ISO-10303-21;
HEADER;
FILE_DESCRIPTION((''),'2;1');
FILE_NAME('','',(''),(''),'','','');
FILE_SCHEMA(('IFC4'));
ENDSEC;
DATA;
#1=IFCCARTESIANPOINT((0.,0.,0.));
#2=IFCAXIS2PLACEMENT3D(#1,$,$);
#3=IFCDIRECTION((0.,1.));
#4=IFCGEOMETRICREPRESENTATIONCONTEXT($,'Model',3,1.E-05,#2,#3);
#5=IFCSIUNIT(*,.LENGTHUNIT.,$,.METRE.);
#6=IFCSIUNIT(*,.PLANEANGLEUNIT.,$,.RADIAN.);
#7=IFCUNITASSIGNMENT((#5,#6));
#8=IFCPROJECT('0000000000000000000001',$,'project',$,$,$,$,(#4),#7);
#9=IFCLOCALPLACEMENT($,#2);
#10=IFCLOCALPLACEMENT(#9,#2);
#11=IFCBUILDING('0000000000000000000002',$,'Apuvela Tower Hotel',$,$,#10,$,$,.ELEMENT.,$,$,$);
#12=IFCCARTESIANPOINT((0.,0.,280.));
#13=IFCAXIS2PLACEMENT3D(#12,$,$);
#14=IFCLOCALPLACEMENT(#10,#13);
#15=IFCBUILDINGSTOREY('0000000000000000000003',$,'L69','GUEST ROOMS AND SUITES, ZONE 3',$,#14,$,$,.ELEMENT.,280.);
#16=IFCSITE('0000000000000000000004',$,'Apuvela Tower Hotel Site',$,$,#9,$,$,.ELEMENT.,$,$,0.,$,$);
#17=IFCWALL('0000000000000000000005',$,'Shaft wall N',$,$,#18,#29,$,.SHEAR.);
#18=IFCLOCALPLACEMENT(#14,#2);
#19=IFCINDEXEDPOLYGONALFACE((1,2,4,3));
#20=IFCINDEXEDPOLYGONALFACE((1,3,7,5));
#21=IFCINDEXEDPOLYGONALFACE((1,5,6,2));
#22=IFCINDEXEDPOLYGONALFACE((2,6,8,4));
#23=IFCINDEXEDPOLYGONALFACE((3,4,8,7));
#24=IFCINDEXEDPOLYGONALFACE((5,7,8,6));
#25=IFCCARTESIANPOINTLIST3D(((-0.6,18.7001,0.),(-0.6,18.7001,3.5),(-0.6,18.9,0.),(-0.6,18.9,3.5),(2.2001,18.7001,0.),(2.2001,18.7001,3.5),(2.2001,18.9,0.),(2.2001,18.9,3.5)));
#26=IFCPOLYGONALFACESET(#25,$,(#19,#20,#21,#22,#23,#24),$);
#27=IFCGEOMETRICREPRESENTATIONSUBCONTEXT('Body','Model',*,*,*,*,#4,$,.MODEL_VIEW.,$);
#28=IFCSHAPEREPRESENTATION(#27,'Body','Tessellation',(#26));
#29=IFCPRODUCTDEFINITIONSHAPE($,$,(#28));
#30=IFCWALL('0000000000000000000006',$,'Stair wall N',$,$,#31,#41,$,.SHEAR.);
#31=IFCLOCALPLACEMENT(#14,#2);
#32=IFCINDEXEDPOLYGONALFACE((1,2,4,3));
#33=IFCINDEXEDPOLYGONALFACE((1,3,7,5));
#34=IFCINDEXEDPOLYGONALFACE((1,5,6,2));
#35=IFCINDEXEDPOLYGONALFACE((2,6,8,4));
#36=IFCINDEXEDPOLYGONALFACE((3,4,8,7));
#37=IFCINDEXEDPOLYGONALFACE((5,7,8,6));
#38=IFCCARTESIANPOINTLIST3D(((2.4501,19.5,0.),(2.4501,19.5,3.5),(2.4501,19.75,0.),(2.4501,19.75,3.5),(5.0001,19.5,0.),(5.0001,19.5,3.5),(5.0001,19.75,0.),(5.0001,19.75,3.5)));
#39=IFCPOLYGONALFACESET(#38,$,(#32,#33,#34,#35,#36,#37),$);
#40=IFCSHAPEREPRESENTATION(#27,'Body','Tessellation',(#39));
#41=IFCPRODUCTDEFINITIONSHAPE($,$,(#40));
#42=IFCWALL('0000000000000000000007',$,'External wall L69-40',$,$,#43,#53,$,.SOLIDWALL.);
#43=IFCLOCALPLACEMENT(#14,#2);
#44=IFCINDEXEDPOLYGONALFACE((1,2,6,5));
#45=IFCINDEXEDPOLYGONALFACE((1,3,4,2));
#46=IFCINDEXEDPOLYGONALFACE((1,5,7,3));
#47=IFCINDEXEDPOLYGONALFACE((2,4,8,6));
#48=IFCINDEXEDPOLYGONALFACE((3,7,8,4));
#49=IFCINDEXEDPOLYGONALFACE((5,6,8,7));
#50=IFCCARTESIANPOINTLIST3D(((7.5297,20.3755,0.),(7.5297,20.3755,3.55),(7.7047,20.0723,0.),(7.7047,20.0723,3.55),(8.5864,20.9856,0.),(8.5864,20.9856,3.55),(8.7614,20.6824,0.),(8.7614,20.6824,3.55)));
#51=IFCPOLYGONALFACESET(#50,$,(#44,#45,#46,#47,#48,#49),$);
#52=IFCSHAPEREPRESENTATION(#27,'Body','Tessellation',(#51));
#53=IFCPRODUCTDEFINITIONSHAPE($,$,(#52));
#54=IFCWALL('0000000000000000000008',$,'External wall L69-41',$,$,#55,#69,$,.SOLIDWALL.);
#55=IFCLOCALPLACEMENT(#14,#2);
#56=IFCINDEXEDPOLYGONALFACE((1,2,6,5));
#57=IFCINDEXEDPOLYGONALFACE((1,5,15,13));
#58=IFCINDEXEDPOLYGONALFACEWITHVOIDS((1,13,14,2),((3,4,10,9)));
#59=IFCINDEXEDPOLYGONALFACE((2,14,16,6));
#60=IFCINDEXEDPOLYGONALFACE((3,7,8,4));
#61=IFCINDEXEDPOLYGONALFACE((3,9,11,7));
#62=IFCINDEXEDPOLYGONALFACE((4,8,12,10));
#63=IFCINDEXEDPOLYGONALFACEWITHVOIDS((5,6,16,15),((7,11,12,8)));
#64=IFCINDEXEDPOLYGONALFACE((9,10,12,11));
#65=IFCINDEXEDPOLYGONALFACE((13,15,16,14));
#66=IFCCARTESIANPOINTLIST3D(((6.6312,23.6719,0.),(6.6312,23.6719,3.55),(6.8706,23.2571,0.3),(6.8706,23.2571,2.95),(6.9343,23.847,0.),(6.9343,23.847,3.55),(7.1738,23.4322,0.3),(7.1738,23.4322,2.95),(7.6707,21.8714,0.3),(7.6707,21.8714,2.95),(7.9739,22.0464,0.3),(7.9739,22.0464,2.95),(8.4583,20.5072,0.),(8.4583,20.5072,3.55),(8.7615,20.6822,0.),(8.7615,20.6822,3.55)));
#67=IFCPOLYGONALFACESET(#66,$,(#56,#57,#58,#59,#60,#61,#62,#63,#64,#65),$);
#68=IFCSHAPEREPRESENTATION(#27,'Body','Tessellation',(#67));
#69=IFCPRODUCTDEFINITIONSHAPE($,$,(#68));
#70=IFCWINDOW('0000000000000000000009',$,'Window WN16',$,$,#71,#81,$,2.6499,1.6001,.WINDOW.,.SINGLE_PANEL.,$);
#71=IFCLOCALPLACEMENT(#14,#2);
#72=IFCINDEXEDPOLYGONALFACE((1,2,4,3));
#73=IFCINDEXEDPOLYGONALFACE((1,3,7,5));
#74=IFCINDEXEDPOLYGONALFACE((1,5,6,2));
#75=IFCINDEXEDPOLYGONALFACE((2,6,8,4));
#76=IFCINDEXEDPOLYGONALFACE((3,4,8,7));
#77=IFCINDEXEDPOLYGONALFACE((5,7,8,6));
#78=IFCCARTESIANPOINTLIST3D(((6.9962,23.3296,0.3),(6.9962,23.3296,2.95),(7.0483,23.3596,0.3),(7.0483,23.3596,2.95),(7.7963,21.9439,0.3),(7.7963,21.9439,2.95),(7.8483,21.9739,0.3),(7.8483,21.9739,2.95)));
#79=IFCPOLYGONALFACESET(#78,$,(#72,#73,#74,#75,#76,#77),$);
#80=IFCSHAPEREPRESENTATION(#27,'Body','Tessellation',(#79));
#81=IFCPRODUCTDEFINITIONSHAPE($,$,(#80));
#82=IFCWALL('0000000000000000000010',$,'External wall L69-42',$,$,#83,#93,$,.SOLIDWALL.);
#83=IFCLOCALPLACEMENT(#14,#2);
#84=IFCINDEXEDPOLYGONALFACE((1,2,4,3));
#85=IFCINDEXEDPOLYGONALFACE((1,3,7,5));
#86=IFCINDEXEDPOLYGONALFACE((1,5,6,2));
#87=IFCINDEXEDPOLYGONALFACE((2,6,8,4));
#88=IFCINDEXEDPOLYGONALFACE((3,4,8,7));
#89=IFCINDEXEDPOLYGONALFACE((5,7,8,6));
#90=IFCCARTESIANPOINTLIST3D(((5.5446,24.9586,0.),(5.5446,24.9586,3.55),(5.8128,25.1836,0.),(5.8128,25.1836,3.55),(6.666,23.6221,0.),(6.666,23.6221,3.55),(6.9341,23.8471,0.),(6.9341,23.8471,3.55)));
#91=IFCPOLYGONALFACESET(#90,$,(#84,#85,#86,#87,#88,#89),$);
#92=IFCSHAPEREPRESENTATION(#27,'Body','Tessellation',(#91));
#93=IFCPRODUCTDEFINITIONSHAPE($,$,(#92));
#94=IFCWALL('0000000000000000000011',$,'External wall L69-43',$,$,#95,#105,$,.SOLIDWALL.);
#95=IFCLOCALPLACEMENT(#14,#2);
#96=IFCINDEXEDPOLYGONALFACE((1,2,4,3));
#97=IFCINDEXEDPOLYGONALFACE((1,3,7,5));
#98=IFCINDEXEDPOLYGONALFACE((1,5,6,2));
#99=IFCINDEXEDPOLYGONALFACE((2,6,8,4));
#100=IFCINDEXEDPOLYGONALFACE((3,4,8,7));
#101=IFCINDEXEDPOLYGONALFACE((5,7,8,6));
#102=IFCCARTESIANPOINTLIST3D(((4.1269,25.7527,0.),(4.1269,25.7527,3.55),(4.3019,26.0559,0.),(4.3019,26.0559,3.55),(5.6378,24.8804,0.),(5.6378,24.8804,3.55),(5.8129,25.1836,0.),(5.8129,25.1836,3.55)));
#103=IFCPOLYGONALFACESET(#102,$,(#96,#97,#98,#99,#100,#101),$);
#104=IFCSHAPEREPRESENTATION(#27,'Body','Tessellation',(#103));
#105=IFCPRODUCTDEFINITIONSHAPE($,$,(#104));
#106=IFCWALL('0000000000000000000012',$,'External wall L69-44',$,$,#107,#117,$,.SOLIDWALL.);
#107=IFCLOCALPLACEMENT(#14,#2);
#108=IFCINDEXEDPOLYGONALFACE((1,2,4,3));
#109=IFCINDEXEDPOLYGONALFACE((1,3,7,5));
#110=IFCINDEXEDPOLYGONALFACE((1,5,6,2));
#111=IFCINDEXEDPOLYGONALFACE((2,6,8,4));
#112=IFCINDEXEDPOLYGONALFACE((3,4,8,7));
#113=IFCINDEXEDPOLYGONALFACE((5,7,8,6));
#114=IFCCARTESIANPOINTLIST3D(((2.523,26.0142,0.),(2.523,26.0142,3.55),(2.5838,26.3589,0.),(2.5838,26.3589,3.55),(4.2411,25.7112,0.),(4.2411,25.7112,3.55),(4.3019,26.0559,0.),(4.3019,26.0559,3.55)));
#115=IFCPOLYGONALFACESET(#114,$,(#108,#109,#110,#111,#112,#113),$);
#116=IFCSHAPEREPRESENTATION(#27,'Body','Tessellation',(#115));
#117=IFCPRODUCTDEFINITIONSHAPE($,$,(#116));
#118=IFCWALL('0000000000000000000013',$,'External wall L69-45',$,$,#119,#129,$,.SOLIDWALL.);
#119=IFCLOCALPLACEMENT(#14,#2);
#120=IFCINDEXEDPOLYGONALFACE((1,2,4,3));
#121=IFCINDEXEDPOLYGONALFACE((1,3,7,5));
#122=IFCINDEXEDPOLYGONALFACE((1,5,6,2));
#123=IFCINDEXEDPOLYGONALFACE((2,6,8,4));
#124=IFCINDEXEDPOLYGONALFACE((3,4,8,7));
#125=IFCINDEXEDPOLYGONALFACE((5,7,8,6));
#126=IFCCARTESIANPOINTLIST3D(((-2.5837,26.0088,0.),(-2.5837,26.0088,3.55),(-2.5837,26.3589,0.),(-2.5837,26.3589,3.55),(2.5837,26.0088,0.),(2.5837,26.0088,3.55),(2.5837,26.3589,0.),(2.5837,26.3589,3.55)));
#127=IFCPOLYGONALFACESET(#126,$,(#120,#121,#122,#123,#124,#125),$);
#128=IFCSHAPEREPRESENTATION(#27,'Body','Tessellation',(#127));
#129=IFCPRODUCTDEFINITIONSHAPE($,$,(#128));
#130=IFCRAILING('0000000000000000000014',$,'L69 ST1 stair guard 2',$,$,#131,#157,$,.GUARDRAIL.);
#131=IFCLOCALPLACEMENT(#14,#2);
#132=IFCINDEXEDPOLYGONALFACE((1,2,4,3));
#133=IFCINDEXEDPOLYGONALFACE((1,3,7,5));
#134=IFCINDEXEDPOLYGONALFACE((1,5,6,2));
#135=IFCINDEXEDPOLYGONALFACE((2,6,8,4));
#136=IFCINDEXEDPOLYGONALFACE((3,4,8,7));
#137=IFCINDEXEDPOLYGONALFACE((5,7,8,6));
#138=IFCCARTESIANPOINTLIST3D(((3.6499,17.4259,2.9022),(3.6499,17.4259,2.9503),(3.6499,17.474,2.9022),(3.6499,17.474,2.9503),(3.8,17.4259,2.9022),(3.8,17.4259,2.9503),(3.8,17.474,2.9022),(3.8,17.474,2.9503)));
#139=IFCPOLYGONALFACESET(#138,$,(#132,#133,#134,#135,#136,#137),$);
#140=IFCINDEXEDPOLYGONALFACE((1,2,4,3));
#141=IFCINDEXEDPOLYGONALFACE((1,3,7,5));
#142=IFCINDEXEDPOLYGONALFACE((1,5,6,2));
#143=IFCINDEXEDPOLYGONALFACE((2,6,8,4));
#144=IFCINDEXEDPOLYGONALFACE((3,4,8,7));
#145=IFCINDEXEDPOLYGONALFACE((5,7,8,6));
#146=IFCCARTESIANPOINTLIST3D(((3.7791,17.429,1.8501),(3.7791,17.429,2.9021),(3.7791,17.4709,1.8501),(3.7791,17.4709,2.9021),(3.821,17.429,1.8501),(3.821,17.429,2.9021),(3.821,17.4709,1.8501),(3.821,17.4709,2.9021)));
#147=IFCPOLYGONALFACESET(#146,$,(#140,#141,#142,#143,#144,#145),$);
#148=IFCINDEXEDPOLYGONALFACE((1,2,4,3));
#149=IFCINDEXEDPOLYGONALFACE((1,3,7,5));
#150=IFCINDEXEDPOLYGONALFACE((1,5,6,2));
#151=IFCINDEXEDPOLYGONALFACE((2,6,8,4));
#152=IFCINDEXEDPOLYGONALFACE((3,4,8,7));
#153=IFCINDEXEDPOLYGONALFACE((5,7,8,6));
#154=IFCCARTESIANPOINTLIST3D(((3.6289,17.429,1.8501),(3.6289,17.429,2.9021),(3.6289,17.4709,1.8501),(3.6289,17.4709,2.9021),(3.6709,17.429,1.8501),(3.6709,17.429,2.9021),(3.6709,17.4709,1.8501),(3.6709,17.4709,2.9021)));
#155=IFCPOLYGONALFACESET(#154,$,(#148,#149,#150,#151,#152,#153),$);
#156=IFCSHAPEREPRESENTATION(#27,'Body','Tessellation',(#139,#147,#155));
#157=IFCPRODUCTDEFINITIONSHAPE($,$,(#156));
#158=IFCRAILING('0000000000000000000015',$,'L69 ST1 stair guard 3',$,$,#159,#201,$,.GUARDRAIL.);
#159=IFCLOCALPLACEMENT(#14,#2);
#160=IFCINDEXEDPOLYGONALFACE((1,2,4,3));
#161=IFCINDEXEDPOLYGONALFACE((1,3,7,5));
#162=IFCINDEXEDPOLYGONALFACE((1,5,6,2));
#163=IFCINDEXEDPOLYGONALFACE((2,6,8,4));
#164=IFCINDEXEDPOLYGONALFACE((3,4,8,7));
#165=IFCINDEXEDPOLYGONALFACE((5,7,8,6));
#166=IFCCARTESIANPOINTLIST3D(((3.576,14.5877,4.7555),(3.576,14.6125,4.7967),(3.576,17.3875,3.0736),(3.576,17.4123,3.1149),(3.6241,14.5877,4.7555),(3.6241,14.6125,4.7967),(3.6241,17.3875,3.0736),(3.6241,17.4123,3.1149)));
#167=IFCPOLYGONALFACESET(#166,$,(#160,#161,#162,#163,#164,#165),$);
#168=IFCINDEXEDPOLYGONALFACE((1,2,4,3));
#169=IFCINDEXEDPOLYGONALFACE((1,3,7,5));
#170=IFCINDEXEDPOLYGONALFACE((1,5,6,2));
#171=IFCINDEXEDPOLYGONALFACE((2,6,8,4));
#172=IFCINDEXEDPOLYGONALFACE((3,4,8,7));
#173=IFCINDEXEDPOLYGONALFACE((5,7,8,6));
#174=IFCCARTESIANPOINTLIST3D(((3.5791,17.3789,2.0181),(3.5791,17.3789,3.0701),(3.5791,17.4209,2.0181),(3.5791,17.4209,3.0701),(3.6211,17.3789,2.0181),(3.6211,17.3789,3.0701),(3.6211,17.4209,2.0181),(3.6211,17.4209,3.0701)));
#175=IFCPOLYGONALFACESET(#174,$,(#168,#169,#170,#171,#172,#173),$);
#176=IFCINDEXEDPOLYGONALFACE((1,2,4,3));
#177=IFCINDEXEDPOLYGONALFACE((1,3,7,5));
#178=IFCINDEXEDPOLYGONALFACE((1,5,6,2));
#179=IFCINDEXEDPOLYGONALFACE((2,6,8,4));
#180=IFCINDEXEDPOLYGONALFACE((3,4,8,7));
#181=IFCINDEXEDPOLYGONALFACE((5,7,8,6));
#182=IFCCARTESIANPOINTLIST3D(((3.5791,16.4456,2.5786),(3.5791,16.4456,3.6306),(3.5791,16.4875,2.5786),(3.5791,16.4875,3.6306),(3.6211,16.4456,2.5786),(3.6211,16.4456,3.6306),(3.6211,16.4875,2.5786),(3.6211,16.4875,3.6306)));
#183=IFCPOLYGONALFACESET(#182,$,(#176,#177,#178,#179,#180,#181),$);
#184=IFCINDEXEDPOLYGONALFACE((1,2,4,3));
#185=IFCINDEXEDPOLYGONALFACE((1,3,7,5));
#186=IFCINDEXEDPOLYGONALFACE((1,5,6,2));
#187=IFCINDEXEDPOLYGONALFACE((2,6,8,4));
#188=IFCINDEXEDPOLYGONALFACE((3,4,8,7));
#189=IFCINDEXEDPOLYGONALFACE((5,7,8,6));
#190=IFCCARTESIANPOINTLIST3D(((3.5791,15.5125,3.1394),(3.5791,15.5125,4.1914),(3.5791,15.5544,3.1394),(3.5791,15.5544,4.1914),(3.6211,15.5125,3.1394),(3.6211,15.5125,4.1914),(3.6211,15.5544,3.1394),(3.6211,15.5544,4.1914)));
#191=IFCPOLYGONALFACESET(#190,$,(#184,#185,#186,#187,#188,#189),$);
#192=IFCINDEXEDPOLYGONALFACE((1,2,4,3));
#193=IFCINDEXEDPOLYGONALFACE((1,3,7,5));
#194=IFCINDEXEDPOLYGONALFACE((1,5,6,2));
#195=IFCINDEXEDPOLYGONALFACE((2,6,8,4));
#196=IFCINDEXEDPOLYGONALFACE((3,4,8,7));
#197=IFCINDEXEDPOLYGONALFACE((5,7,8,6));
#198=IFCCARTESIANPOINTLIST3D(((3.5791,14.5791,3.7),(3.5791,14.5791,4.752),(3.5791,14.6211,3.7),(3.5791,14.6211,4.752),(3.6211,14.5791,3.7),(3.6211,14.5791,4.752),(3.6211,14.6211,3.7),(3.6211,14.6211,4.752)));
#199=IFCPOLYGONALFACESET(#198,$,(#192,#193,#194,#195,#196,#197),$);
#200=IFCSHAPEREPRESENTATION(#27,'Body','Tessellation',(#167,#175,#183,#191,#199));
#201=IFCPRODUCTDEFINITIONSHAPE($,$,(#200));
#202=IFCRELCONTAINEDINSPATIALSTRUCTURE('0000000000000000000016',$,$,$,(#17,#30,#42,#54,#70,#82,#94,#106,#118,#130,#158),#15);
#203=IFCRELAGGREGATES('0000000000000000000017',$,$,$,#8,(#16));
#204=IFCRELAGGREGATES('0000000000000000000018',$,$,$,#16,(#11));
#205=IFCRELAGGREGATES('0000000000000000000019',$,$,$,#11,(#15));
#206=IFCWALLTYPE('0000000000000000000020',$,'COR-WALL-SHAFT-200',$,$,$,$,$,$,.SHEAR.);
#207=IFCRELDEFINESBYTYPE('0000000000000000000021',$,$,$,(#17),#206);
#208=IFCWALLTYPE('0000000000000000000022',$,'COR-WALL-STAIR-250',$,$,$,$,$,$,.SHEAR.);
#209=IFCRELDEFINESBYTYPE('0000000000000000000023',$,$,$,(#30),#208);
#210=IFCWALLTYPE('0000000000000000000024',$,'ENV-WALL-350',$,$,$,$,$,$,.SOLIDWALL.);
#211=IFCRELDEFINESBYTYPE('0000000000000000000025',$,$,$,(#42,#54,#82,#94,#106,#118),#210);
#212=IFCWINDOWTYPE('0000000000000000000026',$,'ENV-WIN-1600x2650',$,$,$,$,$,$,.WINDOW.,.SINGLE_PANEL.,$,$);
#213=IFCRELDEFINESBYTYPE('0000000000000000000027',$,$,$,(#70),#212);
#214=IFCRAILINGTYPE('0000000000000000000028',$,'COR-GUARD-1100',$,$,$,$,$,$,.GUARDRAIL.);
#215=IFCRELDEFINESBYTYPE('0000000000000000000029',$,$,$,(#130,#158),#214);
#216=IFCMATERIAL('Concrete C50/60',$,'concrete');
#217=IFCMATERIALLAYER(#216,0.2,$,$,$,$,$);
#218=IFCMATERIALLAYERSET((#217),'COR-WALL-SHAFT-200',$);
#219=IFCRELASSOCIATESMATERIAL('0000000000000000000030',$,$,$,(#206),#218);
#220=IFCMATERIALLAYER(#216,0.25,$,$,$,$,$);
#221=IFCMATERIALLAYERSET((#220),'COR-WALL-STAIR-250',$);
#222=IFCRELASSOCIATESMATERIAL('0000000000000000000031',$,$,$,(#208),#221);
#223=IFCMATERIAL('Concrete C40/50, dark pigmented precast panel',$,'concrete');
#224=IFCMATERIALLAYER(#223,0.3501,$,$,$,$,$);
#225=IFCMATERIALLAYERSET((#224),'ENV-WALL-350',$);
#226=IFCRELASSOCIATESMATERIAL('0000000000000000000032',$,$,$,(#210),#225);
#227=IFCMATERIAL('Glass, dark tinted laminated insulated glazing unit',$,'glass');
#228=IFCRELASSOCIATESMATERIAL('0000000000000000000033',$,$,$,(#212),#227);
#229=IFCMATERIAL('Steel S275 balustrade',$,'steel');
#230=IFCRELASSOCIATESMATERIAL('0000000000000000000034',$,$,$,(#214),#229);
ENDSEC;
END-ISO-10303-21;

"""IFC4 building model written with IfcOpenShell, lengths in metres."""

from ifc_helpers import new_model, si_unit, direction, frame, frame_2d, origin, origin_2d, place, context, subcontext, project, spatial, rectangle, extrude, material, layer, layer_set, type_object, element, fill, save


model = new_model("IFC4")

# Units and contexts
model_context = context("Model", 3, precision=1e-05, world=origin(), true_north=direction((0.0, 1.0)))
body_context = subcontext(model_context, "Body", "Model", "MODEL_VIEW")
ifc_project = project(units=[si_unit("LENGTHUNIT", "METRE"), si_unit("PLANEANGLEUNIT", "RADIAN")], contexts=[model_context])

# Site, building, storey
site_placement = place(None, origin())
site = spatial("IfcSite", under=ifc_project, at=site_placement, Name="Apuvela Tower Hotel Site", CompositionType="ELEMENT", RefElevation=0.0)
building_placement = place(site_placement, origin())
building = spatial("IfcBuilding", under=site, at=building_placement, Name="Apuvela Tower Hotel", CompositionType="ELEMENT")
storey_placement = place(building_placement, frame((0.0, 0.0, 280.0)))
storey = spatial("IfcBuildingStorey", under=building, at=storey_placement, Name="L69", Description="GUEST ROOMS AND SUITES, ZONE 3", CompositionType="ELEMENT", Elevation=280.0)

# Walls
ifc_material_1 = material(Name="Concrete C50/60", Category="concrete")
ifc_layer_1 = layer(ifc_material_1, 0.2)
ifc_layer_set_1 = layer_set([ifc_layer_1], Name="COR-WALL-SHAFT-200")
wall_type_1 = type_object("IfcWallType", Name="COR-WALL-SHAFT-200", PredefinedType="SHEAR", material=ifc_layer_set_1)
wall_1_placement = place(storey_placement, frame((2.2, 18.8, 0.0), z_axis=(0.0, 0.0, 1.0), x_axis=(-1.0, 0.0, 0.0)))
element("IfcWall", 1, at=wall_1_placement, inside=storey, type_object=wall_type_1, Name="Shaft wall N", PredefinedType="SHEAR", context=body_context, shape_type="SweptSolid", body=[
    extrude(rectangle(XDim=2.8, YDim=0.2, at=frame_2d((1.3999, 0.0))), origin(), (0.0, 0.0, 1.0), 3.5),
])
ifc_layer_2 = layer(ifc_material_1, 0.25)
ifc_layer_set_2 = layer_set([ifc_layer_2], Name="COR-WALL-STAIR-250")
wall_type_2 = type_object("IfcWallType", Name="COR-WALL-STAIR-250", PredefinedType="SHEAR", material=ifc_layer_set_2)
wall_2_placement = place(storey_placement, frame((5.0, 19.625, 0.0), z_axis=(0.0, 0.0, 1.0), x_axis=(-1.0, 0.0, 0.0)))
element("IfcWall", 2, at=wall_2_placement, inside=storey, type_object=wall_type_2, Name="Stair wall N", PredefinedType="SHEAR", context=body_context, shape_type="SweptSolid", body=[
    extrude(rectangle(XDim=2.55, YDim=0.25, at=frame_2d((1.2749, 0.0))), origin(), (0.0, 0.0, 1.0), 3.5),
])
ifc_material_2 = material(Name="Concrete C40/50, dark pigmented precast panel", Category="concrete")
ifc_layer_3 = layer(ifc_material_2, 0.3501)
ifc_layer_set_3 = layer_set([ifc_layer_3], Name="ENV-WALL-350")
wall_type_3 = type_object("IfcWallType", Name="ENV-WALL-350", PredefinedType="SOLIDWALL", material=ifc_layer_set_3)
wall_3_placement = place(storey_placement, frame((7.6172, 20.2239, 0.0), z_axis=(0.0, 0.0, 1.0), x_axis=(0.866006, 0.500034, 0.0)))
element("IfcWall", 3, at=wall_3_placement, inside=storey, type_object=wall_type_3, Name="External wall L69-40", PredefinedType="SOLIDWALL", context=body_context, shape_type="SweptSolid", body=[
    extrude(rectangle(XDim=1.2202, YDim=0.3501, at=frame_2d((0.6101, 0.0))), origin(), (0.0, 0.0, 1.0), 3.55),
])

# Wall, opening, window
wall_4_placement = place(storey_placement, frame((8.6099, 20.5947, 0.0), z_axis=(0.0, 0.0, 1.0), x_axis=(-0.49999, 0.866031, 0.0)))
wall_4 = element("IfcWall", 4, at=wall_4_placement, inside=storey, type_object=wall_type_3, Name="External wall L69-41", PredefinedType="SOLIDWALL", context=body_context, shape_type="SweptSolid", body=[
    extrude(rectangle(XDim=3.6543, YDim=0.3501, at=frame_2d((1.8271, 0.0))), origin(), (0.0, 0.0, 1.0), 3.55),
])
opening_1_placement = place(wall_4_placement, frame((1.5752, 0.0, 0.3)))
opening_1 = element("IfcOpeningElement", 5, at=opening_1_placement, cuts=wall_4, PredefinedType="OPENING", context=body_context, shape_type="SweptSolid", body=[
    extrude(rectangle(XDim=1.6001, YDim=2.6499, at=frame_2d((0.8, 1.325))), frame((0.0, 0.1851, 0.0), z_axis=(0.0, -1.0, 0.0), x_axis=(1.0, 0.0, 0.0)), (0.0, 0.0, 1.0), 0.3701),
])
ifc_material_3 = material(Name="Glass, dark tinted laminated insulated glazing unit", Category="glass")
window_type = type_object("IfcWindowType", Name="ENV-WIN-1600x2650", PartitioningType="SINGLE_PANEL", PredefinedType="WINDOW", material=ifc_material_3)
window_placement = place(opening_1_placement, origin())
window = element("IfcWindow", 6, at=window_placement, inside=storey, type_object=window_type, Name="Window WN16", OverallHeight=2.6499, OverallWidth=1.6001, PartitioningType="SINGLE_PANEL", PredefinedType="WINDOW", context=body_context, shape_type="SweptSolid", body=[
    extrude(rectangle(XDim=1.6001, YDim=2.6499, at=frame_2d((0.8, 1.325))), frame((0.0, 0.03, 0.0), z_axis=(0.0, -1.0, 0.0), x_axis=(1.0, 0.0, 0.0)), (0.0, 0.0, 1.0), 0.0601),
])
fill(opening_1, window)

# Walls
for number, where, z_axis, x_axis, name in (
    (7, (6.8, 23.7346, 0.0), (0.0, 0.0, 1.0), (-0.642769, 0.76606, 0.0), "External wall L69-42"),
    (8, (5.7253, 25.032, 0.0), (0.0, 0.0, 1.0), (-0.866039, 0.499977, 0.0), "External wall L69-43"),
    (9, (4.2715, 25.8835, 0.0), (0.0, 0.0, 1.0), (-0.984803, 0.173674, 0.0), "External wall L69-44"),
):
    element("IfcWall", number, at=place(storey_placement, frame(where, z_axis=z_axis, x_axis=x_axis)), inside=storey, type_object=wall_type_3, Name=name, PredefinedType="SOLIDWALL", context=body_context, shape_type="SweptSolid", body=[
        extrude(rectangle(XDim=1.7446, YDim=0.3501, at=frame_2d((0.8723, 0.0))), origin(), (0.0, 0.0, 1.0), 3.55),
    ])
wall_5_placement = place(storey_placement, frame((2.5837, 26.1838, 0.0), z_axis=(0.0, 0.0, 1.0), x_axis=(-1.0, 0.0, 0.0)))
element("IfcWall", 10, at=wall_5_placement, inside=storey, type_object=wall_type_3, Name="External wall L69-45", PredefinedType="SOLIDWALL", context=body_context, shape_type="SweptSolid", body=[
    extrude(rectangle(XDim=5.1675, YDim=0.3501, at=frame_2d((2.5837, 0.0))), origin(), (0.0, 0.0, 1.0), 3.55),
])

# Railings
ifc_material_4 = material(Name="Steel S275 balustrade", Category="steel")
railing_type = type_object("IfcRailingType", Name="COR-GUARD-1100", PredefinedType="GUARDRAIL", material=ifc_material_4)
railing_1_placement = place(storey_placement, frame((3.8, 17.45, 1.8501)))
element("IfcRailing", 11, at=railing_1_placement, inside=storey, type_object=railing_type, Name="L69 ST1 stair guard 2", PredefinedType="GUARDRAIL", context=body_context, shape_type="SweptSolid", body=[
    extrude(rectangle(XDim=0.0481, YDim=0.0481, at=origin_2d()), frame((0.0, 0.0, 1.0762), z_axis=(-1.0, 0.0, 0.0), x_axis=(0.0, -1.0, 0.0)), (0.0, 0.0, 1.0), 0.1501),
    extrude(rectangle(XDim=0.042, YDim=0.042, at=origin_2d()), origin(), (0.0, 0.0, 1.0), 1.052),
    extrude(rectangle(XDim=0.042, YDim=0.042, at=origin_2d()), frame((-0.1501, 0.0, 0.0)), (0.0, 0.0, 1.0), 1.052),
])
railing_2_placement = place(storey_placement, frame((3.6001, 17.3999, 2.0181)))
element("IfcRailing", 12, at=railing_2_placement, inside=storey, type_object=railing_type, Name="L69 ST1 stair guard 3", PredefinedType="GUARDRAIL", context=body_context, shape_type="SweptSolid", body=[
    extrude(rectangle(XDim=0.0481, YDim=0.0481, at=origin_2d()), frame((0.0, 0.0, 1.0762), z_axis=(0.0, -0.857222, 0.514946), x_axis=(1.0, 0.0, 0.0)), (0.0, 0.0, 1.0), 3.2661),
    extrude(rectangle(XDim=0.042, YDim=0.042, at=origin_2d()), origin(), (0.0, 0.0, 1.0), 1.052),
    extrude(rectangle(XDim=0.042, YDim=0.042, at=origin_2d()), frame((0.0, -0.9333, 0.5605)), (0.0, 0.0, 1.0), 1.052),
    extrude(rectangle(XDim=0.042, YDim=0.042, at=origin_2d()), frame((0.0, -1.8665, 1.1213)), (0.0, 0.0, 1.0), 1.052),
    extrude(rectangle(XDim=0.042, YDim=0.042, at=origin_2d()), frame((0.0, -2.7998, 1.6819)), (0.0, 0.0, 1.0), 1.052),
])

save(model, "model.ifc")
